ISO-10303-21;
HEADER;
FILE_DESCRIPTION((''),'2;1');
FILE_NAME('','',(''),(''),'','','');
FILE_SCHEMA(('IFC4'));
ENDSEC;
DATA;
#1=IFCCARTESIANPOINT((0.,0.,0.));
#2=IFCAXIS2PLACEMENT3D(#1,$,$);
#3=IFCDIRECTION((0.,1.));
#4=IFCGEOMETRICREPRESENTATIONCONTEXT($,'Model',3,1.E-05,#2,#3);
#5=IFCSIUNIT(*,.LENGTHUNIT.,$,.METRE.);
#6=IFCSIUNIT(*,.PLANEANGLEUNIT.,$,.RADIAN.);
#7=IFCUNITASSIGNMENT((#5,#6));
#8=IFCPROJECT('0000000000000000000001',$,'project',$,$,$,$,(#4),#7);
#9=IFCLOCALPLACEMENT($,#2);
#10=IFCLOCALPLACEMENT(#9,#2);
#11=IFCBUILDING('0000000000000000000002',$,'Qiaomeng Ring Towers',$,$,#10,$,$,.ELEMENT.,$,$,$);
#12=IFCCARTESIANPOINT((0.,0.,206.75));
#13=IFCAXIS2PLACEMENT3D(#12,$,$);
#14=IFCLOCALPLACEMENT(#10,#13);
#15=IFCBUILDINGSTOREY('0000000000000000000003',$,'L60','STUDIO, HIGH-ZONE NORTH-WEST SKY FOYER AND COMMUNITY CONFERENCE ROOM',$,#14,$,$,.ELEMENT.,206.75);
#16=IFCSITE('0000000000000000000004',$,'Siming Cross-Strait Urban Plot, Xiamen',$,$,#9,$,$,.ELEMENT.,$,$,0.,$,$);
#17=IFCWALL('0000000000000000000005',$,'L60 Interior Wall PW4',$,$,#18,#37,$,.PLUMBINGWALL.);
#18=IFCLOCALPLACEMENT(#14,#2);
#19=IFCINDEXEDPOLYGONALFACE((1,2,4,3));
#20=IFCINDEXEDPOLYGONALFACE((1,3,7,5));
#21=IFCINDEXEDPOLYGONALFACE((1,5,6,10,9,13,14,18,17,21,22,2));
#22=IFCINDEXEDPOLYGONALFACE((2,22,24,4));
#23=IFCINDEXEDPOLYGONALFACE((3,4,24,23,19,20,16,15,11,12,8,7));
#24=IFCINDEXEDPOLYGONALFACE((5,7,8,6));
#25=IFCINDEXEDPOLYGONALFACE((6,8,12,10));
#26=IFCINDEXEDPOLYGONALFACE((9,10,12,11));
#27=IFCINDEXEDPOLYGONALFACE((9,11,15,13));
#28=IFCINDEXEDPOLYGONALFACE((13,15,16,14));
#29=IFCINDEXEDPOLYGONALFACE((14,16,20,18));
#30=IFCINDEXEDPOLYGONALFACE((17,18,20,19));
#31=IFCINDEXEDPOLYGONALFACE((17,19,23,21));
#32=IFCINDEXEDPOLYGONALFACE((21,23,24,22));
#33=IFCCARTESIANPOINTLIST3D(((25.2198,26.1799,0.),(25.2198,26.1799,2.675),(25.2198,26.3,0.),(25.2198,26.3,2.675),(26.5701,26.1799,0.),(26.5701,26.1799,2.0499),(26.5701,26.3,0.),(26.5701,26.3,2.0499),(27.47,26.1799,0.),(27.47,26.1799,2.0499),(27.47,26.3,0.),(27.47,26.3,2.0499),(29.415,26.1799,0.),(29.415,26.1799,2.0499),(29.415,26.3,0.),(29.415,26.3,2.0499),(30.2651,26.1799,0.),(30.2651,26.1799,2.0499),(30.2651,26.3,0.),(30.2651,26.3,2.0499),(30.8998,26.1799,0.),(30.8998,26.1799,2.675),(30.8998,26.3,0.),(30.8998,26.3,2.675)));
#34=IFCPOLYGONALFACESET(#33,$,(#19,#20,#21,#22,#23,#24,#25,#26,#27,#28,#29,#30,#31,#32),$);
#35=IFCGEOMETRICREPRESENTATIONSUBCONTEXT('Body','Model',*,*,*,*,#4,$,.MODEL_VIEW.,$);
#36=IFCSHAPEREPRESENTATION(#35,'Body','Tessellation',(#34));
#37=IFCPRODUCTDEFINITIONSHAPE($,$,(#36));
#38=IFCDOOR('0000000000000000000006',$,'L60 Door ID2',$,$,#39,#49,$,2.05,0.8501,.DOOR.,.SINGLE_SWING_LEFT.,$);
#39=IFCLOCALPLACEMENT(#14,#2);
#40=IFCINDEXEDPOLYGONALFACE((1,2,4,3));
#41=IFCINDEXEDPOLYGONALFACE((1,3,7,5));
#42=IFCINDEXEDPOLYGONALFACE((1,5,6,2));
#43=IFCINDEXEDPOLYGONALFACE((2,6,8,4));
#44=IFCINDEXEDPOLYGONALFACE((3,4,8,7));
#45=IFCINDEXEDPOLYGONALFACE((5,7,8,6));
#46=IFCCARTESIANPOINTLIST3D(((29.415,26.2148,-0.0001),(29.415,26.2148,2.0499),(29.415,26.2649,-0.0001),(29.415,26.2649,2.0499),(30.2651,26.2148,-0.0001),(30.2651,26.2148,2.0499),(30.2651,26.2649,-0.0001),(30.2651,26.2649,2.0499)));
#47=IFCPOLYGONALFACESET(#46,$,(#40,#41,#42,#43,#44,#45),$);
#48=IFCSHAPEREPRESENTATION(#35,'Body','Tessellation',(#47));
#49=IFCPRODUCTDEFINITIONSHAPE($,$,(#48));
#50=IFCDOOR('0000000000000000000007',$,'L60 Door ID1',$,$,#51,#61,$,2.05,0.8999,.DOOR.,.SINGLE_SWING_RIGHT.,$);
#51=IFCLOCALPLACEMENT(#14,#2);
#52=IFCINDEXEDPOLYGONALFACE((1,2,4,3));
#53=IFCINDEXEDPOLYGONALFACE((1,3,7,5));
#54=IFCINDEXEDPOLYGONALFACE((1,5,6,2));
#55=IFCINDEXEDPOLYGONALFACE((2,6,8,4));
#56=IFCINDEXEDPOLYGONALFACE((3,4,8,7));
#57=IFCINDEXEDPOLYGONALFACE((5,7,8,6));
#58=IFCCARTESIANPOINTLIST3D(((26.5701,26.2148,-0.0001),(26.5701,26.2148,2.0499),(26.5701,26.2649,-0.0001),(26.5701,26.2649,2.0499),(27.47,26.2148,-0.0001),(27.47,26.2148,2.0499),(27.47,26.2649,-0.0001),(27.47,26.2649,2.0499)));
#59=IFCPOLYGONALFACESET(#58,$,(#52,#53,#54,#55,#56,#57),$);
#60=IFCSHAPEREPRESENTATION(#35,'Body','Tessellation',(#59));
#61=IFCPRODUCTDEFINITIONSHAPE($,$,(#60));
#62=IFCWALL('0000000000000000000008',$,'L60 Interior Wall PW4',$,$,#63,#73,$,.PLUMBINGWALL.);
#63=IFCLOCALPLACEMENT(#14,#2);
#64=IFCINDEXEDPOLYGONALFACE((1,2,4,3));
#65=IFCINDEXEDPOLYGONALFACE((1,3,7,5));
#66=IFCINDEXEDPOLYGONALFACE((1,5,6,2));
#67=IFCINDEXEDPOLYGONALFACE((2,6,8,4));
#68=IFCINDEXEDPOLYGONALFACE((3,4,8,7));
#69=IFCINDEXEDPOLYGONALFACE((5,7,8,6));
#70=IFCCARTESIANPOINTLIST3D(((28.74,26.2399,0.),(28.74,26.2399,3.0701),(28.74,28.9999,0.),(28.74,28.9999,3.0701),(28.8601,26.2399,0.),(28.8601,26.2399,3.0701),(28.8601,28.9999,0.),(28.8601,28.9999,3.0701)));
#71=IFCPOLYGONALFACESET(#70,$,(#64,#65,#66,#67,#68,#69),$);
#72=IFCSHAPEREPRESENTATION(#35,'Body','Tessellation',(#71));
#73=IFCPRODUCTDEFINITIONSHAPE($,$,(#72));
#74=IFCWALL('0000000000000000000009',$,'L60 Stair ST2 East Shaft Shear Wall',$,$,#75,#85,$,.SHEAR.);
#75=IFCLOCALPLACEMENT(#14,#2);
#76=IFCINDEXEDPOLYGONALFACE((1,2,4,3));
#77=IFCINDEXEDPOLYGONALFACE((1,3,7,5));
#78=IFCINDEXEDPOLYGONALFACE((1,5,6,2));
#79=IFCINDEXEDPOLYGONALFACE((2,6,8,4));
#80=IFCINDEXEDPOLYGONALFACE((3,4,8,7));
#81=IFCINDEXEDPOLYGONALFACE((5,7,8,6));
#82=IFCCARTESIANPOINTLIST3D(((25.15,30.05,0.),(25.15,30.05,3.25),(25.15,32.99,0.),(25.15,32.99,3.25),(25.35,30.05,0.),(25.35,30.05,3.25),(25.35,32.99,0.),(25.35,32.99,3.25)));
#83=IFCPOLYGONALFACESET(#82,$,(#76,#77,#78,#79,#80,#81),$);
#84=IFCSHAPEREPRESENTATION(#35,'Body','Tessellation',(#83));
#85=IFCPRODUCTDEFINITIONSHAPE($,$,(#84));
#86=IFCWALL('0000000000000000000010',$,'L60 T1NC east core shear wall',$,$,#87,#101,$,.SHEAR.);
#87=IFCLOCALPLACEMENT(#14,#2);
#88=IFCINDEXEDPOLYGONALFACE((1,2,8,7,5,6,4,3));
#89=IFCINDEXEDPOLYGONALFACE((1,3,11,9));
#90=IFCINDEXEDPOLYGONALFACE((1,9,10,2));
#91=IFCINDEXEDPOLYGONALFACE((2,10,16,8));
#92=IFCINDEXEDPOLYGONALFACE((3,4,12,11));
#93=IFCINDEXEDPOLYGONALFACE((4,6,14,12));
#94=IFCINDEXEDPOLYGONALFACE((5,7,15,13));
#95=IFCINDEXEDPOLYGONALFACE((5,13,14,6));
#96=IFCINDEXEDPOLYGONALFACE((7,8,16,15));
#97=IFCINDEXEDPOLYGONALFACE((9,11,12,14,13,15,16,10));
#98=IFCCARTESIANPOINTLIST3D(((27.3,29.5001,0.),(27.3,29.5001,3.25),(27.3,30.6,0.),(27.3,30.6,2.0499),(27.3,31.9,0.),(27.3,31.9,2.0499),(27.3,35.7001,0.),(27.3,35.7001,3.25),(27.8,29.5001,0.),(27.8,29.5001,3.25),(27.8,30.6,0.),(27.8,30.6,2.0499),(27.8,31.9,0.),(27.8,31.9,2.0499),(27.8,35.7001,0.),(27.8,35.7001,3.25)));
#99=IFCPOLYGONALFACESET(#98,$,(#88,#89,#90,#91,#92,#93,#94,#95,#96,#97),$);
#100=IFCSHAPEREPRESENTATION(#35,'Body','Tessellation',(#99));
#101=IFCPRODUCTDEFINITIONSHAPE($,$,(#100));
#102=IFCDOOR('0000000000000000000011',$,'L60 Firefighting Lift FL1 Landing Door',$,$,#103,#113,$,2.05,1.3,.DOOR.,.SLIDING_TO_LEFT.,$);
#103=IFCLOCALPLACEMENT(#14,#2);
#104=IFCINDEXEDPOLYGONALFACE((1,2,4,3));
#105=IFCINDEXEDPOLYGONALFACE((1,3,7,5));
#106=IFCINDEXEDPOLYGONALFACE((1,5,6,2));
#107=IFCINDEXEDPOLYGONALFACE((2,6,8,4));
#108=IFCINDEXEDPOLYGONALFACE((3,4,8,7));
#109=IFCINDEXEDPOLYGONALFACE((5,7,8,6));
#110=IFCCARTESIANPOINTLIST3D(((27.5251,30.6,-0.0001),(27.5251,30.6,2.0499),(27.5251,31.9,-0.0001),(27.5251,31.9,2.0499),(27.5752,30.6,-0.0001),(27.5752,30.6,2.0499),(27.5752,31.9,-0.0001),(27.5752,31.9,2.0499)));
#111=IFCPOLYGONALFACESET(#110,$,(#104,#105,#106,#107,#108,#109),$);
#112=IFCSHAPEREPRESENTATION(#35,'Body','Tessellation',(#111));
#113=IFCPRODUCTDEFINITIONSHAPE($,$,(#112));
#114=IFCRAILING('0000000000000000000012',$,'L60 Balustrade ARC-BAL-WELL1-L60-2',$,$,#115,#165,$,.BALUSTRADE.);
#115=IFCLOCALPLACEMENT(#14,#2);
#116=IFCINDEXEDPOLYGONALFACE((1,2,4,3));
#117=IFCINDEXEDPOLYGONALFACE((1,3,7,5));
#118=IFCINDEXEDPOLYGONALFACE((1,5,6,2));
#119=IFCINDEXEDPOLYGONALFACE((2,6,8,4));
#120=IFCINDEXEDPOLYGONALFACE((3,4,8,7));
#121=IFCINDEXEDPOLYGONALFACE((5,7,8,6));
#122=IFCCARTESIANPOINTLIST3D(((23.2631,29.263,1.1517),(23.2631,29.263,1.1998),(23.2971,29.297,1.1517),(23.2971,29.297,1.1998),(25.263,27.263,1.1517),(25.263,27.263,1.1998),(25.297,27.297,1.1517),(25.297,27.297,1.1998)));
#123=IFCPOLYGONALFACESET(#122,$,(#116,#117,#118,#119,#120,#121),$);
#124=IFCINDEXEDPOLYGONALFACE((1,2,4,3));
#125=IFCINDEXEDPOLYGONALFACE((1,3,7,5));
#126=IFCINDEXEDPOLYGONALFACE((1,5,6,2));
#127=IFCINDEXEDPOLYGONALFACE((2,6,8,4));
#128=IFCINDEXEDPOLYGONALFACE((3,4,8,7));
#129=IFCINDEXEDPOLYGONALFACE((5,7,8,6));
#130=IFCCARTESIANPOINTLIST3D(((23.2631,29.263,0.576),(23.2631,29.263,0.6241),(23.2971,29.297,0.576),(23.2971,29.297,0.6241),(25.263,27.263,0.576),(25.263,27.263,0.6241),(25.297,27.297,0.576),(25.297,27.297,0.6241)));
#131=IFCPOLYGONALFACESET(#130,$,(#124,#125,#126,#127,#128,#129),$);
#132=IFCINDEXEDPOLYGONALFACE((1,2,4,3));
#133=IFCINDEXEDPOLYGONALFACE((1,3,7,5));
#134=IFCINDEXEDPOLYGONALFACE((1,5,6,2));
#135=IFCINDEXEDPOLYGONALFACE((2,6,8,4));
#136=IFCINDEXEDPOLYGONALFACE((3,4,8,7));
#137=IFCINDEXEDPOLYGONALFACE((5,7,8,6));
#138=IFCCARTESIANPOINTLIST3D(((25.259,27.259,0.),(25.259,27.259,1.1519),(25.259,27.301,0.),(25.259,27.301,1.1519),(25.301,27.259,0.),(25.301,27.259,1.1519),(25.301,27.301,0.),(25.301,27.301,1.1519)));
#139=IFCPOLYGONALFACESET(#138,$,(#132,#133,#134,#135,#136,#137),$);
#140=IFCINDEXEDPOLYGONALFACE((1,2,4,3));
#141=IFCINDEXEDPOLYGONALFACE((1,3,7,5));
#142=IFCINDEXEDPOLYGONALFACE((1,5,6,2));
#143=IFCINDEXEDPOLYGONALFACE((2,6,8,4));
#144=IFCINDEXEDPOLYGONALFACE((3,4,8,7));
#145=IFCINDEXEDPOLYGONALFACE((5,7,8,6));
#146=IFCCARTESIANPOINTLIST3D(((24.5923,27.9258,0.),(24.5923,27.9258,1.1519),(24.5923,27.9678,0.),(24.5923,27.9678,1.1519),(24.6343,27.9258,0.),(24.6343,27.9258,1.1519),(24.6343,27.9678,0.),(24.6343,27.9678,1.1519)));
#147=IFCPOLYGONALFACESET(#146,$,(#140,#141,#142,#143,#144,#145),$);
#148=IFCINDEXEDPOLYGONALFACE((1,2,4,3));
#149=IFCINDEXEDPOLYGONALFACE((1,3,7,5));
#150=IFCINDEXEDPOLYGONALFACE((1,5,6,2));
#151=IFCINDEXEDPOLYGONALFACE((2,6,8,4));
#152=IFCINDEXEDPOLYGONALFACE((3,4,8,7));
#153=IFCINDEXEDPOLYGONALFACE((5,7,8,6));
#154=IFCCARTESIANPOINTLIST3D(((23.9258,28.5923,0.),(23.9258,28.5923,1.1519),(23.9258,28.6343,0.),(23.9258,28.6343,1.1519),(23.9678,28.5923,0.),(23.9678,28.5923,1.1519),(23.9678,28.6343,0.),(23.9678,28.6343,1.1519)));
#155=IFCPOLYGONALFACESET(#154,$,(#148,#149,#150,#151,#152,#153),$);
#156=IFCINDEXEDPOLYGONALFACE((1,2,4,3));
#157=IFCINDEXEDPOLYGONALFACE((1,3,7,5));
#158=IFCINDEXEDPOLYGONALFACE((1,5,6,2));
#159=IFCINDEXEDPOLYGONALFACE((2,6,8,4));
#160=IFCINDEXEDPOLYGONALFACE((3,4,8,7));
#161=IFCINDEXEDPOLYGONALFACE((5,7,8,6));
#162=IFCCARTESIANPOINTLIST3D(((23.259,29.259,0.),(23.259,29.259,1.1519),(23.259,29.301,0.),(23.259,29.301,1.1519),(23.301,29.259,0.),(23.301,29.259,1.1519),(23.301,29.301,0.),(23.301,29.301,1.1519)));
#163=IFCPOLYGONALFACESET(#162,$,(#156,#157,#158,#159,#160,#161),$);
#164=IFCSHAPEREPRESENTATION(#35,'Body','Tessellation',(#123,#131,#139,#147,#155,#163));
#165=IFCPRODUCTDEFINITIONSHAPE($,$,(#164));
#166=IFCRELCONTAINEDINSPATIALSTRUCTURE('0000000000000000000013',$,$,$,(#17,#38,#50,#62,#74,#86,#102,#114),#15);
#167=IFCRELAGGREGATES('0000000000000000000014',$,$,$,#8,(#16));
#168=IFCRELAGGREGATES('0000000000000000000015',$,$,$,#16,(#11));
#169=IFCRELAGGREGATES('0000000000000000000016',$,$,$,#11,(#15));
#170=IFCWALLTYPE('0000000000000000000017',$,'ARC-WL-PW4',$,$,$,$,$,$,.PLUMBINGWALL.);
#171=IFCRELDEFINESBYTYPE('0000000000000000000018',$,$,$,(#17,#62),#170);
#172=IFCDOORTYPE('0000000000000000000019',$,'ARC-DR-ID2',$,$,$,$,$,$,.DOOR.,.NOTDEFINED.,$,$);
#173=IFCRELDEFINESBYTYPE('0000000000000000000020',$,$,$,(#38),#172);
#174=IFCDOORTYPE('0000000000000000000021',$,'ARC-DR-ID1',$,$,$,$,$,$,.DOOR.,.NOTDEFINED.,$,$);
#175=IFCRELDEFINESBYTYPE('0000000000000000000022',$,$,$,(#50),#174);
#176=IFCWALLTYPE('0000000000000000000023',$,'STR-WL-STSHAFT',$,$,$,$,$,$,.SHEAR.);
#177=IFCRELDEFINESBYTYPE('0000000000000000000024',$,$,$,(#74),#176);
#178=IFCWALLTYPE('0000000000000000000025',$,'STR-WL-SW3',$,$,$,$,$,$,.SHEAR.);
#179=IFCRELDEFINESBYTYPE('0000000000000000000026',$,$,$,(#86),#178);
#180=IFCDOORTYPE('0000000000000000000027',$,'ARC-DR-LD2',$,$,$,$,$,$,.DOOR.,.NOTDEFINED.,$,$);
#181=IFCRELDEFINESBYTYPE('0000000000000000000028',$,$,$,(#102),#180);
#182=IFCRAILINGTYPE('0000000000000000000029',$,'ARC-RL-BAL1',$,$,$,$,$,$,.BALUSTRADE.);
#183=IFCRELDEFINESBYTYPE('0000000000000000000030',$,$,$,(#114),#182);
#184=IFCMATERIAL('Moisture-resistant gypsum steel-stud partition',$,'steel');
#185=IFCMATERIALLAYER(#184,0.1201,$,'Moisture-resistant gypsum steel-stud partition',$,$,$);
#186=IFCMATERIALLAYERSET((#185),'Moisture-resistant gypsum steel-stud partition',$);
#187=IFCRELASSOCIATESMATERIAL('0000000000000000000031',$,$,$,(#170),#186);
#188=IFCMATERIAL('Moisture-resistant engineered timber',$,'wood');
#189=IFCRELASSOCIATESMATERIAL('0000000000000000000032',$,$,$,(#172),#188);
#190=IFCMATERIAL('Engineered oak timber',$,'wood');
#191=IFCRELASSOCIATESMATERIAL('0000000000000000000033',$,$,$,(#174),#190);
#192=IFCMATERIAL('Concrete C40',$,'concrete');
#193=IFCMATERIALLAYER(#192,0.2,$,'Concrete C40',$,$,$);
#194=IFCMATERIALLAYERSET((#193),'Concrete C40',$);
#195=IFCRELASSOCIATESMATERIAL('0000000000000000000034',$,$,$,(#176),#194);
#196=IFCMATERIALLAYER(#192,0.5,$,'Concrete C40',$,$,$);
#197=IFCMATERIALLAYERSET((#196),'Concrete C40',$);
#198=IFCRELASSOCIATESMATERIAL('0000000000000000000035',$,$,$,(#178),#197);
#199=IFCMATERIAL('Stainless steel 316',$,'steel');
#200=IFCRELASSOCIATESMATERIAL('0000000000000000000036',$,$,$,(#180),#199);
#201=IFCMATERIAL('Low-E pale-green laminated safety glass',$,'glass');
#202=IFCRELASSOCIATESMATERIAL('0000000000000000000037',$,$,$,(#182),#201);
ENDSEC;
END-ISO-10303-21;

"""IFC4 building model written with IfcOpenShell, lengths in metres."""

from ifc_helpers import new_model, si_unit, direction, frame, frame_2d, origin, origin_2d, place, context, subcontext, project, spatial, rectangle, extrude, source, transform, mapped, material, layer, layer_set, type_object, element, fill, save


model = new_model("IFC4")

# Units and contexts
model_context = context("Model", 3, precision=1e-05, world=origin(), true_north=direction((0.0, 1.0)))
body_context = subcontext(model_context, "Body", "Model", "MODEL_VIEW")
ifc_project = project(units=[si_unit("LENGTHUNIT", "METRE"), si_unit("PLANEANGLEUNIT", "RADIAN")], contexts=[model_context])

# Site, building, storey
site_placement = place(None, origin())
site = spatial("IfcSite", under=ifc_project, at=site_placement, Name="Siming Cross-Strait Urban Plot, Xiamen", CompositionType="ELEMENT", RefElevation=0.0)
building_placement = place(site_placement, origin())
building = spatial("IfcBuilding", under=site, at=building_placement, Name="Qiaomeng Ring Towers", CompositionType="ELEMENT")
storey_placement = place(building_placement, frame((0.0, 0.0, 206.75)))
storey = spatial("IfcBuildingStorey", under=building, at=storey_placement, Name="L60", Description="STUDIO, HIGH-ZONE NORTH-WEST SKY FOYER AND COMMUNITY CONFERENCE ROOM", CompositionType="ELEMENT", Elevation=206.75)

# Shared definitions
ifc_material_1 = material(Name="Concrete C40", Category="concrete")

# Shared definitions
ifc_material_2 = material(Name="Stainless steel 316", Category="steel")

# Shared definitions
ifc_material_3 = material(Name="Moisture-resistant gypsum steel-stud partition", Category="steel")
ifc_layer_1 = layer(ifc_material_3, 0.1201, Name="Moisture-resistant gypsum steel-stud partition")
ifc_layer_set_1 = layer_set([ifc_layer_1], Name="Moisture-resistant gypsum steel-stud partition")
wall_type_1 = type_object("IfcWallType", Name="ARC-WL-PW4", PredefinedType="PLUMBINGWALL", material=ifc_layer_set_1)

# Wall, openings, doors
wall_1_placement = place(storey_placement, frame((25.22, 26.24, 0.0), z_axis=(0.0, 0.0, 1.0), x_axis=(1.0, 0.0, 0.0)))
wall_1 = element("IfcWall", 1, at=wall_1_placement, inside=storey, type_object=wall_type_1, Name="L60 Interior Wall PW4", PredefinedType="PLUMBINGWALL", context=body_context, shape_type="SweptSolid", body=[
    extrude(rectangle(XDim=5.6799, YDim=0.1201, at=frame_2d((2.8398, 0.0))), origin(), (0.0, 0.0, 1.0), 2.675),
])
opening_1_placement = place(wall_1_placement, frame((1.3501, 0.0, 0.0)))
opening_1 = element("IfcOpeningElement", 2, at=opening_1_placement, cuts=wall_1, PredefinedType="OPENING", context=body_context, shape_type="SweptSolid", body=[
    extrude(rectangle(XDim=0.8999, YDim=2.05, at=frame_2d((0.45, 1.0249))), frame((0.0, 0.0701, 0.0), z_axis=(0.0, -1.0, 0.0), x_axis=(1.0, 0.0, 0.0)), (0.0, 0.0, 1.0), 0.1401),
])
opening_2_placement = place(wall_1_placement, frame((4.1951, 0.0, 0.0)))
opening_2 = element("IfcOpeningElement", 3, at=opening_2_placement, cuts=wall_1, PredefinedType="OPENING", context=body_context, shape_type="SweptSolid", body=[
    extrude(rectangle(XDim=0.8501, YDim=2.05, at=frame_2d((0.425, 1.0249))), frame((0.0, 0.0701, 0.0), z_axis=(0.0, -1.0, 0.0), x_axis=(1.0, 0.0, 0.0)), (0.0, 0.0, 1.0), 0.1401),
])
ifc_material_4 = material(Name="Moisture-resistant engineered timber", Category="wood")
door_type_1 = type_object("IfcDoorType", Name="ARC-DR-ID2", OperationType="NOTDEFINED", PredefinedType="DOOR", material=ifc_material_4)
shared_shape_1 = source(origin(), body_context, "Body", "SweptSolid", [
    extrude(rectangle(XDim=0.8501, YDim=2.05, at=frame_2d((0.425, 1.0249))), frame((0.0, 0.0249, 0.0), z_axis=(0.0, -1.0, 0.0), x_axis=(1.0, 0.0, 0.0)), (0.0, 0.0, 1.0), 0.05),
])
door_1_placement = place(opening_2_placement, origin())
door_1 = element("IfcDoor", 4, at=door_1_placement, inside=storey, type_object=door_type_1, Name="L60 Door ID2", OperationType="SINGLE_SWING_LEFT", OverallHeight=2.05, OverallWidth=0.8501, PredefinedType="DOOR", context=body_context, shape_type="MappedRepresentation", body=[
    mapped(shared_shape_1, transform((0.0, 0.0, 0.0), x_axis=(1.0, 0.0, 0.0), y_axis=(0.0, 1.0, 0.0), z_axis=(0.0, 0.0, 1.0), scale=1.0)),
])
fill(opening_2, door_1)
ifc_material_5 = material(Name="Engineered oak timber", Category="wood")
door_type_2 = type_object("IfcDoorType", Name="ARC-DR-ID1", OperationType="NOTDEFINED", PredefinedType="DOOR", material=ifc_material_5)
shared_shape_2 = source(origin(), body_context, "Body", "SweptSolid", [
    extrude(rectangle(XDim=0.8999, YDim=2.05, at=frame_2d((0.45, 1.0249))), frame((0.0, 0.0249, 0.0), z_axis=(0.0, -1.0, 0.0), x_axis=(1.0, 0.0, 0.0)), (0.0, 0.0, 1.0), 0.05),
])
door_2_placement = place(opening_1_placement, origin())
door_2 = element("IfcDoor", 5, at=door_2_placement, inside=storey, type_object=door_type_2, Name="L60 Door ID1", OperationType="SINGLE_SWING_RIGHT", OverallHeight=2.05, OverallWidth=0.8999, PredefinedType="DOOR", context=body_context, shape_type="MappedRepresentation", body=[
    mapped(shared_shape_2, transform((0.0, 0.0, 0.0), x_axis=(1.0, 0.0, 0.0), y_axis=(0.0, 1.0, 0.0), z_axis=(0.0, 0.0, 1.0), scale=1.0)),
])
fill(opening_1, door_2)

# Walls
wall_2_placement = place(storey_placement, frame((28.8, 26.24, 0.0), z_axis=(0.0, 0.0, 1.0), x_axis=(0.0, 1.0, 0.0)))
element("IfcWall", 6, at=wall_2_placement, inside=storey, type_object=wall_type_1, Name="L60 Interior Wall PW4", PredefinedType="PLUMBINGWALL", context=body_context, shape_type="SweptSolid", body=[
    extrude(rectangle(XDim=2.76, YDim=0.1201, at=frame_2d((1.3799, 0.0))), origin(), (0.0, 0.0, 1.0), 3.0701),
])
ifc_layer_2 = layer(ifc_material_1, 0.2, Name="Concrete C40")
ifc_layer_set_2 = layer_set([ifc_layer_2], Name="Concrete C40")
wall_type_2 = type_object("IfcWallType", Name="STR-WL-STSHAFT", PredefinedType="SHEAR", material=ifc_layer_set_2)
wall_3_placement = place(storey_placement, frame((25.25, 30.05, 0.0), z_axis=(0.0, 0.0, 1.0), x_axis=(0.0, 1.0, 0.0)))
element("IfcWall", 7, at=wall_3_placement, inside=storey, type_object=wall_type_2, Name="L60 Stair ST2 East Shaft Shear Wall", PredefinedType="SHEAR", context=body_context, shape_type="SweptSolid", body=[
    extrude(rectangle(XDim=2.9399, YDim=0.2, at=frame_2d((1.47, 0.0))), origin(), (0.0, 0.0, 1.0), 3.25),
])

# Wall, opening, door
ifc_layer_3 = layer(ifc_material_1, 0.5, Name="Concrete C40")
ifc_layer_set_3 = layer_set([ifc_layer_3], Name="Concrete C40")
wall_type_3 = type_object("IfcWallType", Name="STR-WL-SW3", PredefinedType="SHEAR", material=ifc_layer_set_3)
wall_4_placement = place(storey_placement, frame((27.55, 29.5, 0.0), z_axis=(0.0, 0.0, 1.0), x_axis=(0.0, 1.0, 0.0)))
wall_4 = element("IfcWall", 8, at=wall_4_placement, inside=storey, type_object=wall_type_3, Name="L60 T1NC east core shear wall", PredefinedType="SHEAR", context=body_context, shape_type="SweptSolid", body=[
    extrude(rectangle(XDim=6.2, YDim=0.5, at=frame_2d((3.1001, 0.0))), origin(), (0.0, 0.0, 1.0), 3.25),
])
opening_3_placement = place(wall_4_placement, frame((1.1001, 0.0, 0.0)))
opening_3 = element("IfcOpeningElement", 9, at=opening_3_placement, cuts=wall_4, PredefinedType="OPENING", context=body_context, shape_type="SweptSolid", body=[
    extrude(rectangle(XDim=1.3, YDim=2.05, at=frame_2d((0.6499, 1.0249))), frame((0.0, 0.26, 0.0), z_axis=(0.0, -1.0, 0.0), x_axis=(1.0, 0.0, 0.0)), (0.0, 0.0, 1.0), 0.52),
])
door_type_3 = type_object("IfcDoorType", Name="ARC-DR-LD2", OperationType="NOTDEFINED", PredefinedType="DOOR", material=ifc_material_2)
shared_shape_3 = source(origin(), body_context, "Body", "SweptSolid", [
    extrude(rectangle(XDim=1.3, YDim=2.05, at=frame_2d((0.6499, 1.0249))), frame((0.0, 0.0249, 0.0), z_axis=(0.0, -1.0, 0.0), x_axis=(1.0, 0.0, 0.0)), (0.0, 0.0, 1.0), 0.05),
])
door_3_placement = place(opening_3_placement, origin())
door_3 = element("IfcDoor", 10, at=door_3_placement, inside=storey, type_object=door_type_3, Name="L60 Firefighting Lift FL1 Landing Door", OperationType="SLIDING_TO_LEFT", OverallHeight=2.05, OverallWidth=1.3, PredefinedType="DOOR", context=body_context, shape_type="MappedRepresentation", body=[
    mapped(shared_shape_3, transform((0.0, 0.0, 0.0), x_axis=(1.0, 0.0, 0.0), y_axis=(0.0, 1.0, 0.0), z_axis=(0.0, 0.0, 1.0), scale=1.0)),
])
fill(opening_3, door_3)

# Railing
ifc_material_6 = material(Name="Low-E pale-green laminated safety glass", Category="glass")
railing_type = type_object("IfcRailingType", Name="ARC-RL-BAL1", PredefinedType="BALUSTRADE", material=ifc_material_6)
railing_placement = place(storey_placement, frame((25.28, 27.28, 0.0)))
element("IfcRailing", 11, at=railing_placement, inside=storey, type_object=railing_type, Name="L60 Balustrade ARC-BAL-WELL1-L60-2", PredefinedType="BALUSTRADE", context=body_context, shape_type="SweptSolid", body=[
    extrude(rectangle(XDim=0.0481, YDim=0.0481, at=origin_2d()), frame((0.0, 0.0, 1.1758), z_axis=(-0.707107, 0.707107, 0.0), x_axis=(-0.707107, -0.707107, 0.0)), (0.0, 0.0, 1.0), 2.8284),
    extrude(rectangle(XDim=0.0481, YDim=0.0481, at=origin_2d()), frame((0.0, 0.0, 0.6001), z_axis=(-0.707107, 0.707107, 0.0), x_axis=(-0.707107, -0.707107, 0.0)), (0.0, 0.0, 1.0), 2.8284),
    extrude(rectangle(XDim=0.042, YDim=0.042, at=origin_2d()), origin(), (0.0, 0.0, 1.0), 1.1519),
    extrude(rectangle(XDim=0.042, YDim=0.042, at=origin_2d()), frame((-0.6667, 0.6667, 0.0)), (0.0, 0.0, 1.0), 1.1519),
    extrude(rectangle(XDim=0.042, YDim=0.042, at=origin_2d()), frame((-1.3333, 1.3333, 0.0)), (0.0, 0.0, 1.0), 1.1519),
    extrude(rectangle(XDim=0.042, YDim=0.042, at=origin_2d()), frame((-2.0, 2.0, 0.0)), (0.0, 0.0, 1.0), 1.1519),
])

save(model, "model.ifc")
